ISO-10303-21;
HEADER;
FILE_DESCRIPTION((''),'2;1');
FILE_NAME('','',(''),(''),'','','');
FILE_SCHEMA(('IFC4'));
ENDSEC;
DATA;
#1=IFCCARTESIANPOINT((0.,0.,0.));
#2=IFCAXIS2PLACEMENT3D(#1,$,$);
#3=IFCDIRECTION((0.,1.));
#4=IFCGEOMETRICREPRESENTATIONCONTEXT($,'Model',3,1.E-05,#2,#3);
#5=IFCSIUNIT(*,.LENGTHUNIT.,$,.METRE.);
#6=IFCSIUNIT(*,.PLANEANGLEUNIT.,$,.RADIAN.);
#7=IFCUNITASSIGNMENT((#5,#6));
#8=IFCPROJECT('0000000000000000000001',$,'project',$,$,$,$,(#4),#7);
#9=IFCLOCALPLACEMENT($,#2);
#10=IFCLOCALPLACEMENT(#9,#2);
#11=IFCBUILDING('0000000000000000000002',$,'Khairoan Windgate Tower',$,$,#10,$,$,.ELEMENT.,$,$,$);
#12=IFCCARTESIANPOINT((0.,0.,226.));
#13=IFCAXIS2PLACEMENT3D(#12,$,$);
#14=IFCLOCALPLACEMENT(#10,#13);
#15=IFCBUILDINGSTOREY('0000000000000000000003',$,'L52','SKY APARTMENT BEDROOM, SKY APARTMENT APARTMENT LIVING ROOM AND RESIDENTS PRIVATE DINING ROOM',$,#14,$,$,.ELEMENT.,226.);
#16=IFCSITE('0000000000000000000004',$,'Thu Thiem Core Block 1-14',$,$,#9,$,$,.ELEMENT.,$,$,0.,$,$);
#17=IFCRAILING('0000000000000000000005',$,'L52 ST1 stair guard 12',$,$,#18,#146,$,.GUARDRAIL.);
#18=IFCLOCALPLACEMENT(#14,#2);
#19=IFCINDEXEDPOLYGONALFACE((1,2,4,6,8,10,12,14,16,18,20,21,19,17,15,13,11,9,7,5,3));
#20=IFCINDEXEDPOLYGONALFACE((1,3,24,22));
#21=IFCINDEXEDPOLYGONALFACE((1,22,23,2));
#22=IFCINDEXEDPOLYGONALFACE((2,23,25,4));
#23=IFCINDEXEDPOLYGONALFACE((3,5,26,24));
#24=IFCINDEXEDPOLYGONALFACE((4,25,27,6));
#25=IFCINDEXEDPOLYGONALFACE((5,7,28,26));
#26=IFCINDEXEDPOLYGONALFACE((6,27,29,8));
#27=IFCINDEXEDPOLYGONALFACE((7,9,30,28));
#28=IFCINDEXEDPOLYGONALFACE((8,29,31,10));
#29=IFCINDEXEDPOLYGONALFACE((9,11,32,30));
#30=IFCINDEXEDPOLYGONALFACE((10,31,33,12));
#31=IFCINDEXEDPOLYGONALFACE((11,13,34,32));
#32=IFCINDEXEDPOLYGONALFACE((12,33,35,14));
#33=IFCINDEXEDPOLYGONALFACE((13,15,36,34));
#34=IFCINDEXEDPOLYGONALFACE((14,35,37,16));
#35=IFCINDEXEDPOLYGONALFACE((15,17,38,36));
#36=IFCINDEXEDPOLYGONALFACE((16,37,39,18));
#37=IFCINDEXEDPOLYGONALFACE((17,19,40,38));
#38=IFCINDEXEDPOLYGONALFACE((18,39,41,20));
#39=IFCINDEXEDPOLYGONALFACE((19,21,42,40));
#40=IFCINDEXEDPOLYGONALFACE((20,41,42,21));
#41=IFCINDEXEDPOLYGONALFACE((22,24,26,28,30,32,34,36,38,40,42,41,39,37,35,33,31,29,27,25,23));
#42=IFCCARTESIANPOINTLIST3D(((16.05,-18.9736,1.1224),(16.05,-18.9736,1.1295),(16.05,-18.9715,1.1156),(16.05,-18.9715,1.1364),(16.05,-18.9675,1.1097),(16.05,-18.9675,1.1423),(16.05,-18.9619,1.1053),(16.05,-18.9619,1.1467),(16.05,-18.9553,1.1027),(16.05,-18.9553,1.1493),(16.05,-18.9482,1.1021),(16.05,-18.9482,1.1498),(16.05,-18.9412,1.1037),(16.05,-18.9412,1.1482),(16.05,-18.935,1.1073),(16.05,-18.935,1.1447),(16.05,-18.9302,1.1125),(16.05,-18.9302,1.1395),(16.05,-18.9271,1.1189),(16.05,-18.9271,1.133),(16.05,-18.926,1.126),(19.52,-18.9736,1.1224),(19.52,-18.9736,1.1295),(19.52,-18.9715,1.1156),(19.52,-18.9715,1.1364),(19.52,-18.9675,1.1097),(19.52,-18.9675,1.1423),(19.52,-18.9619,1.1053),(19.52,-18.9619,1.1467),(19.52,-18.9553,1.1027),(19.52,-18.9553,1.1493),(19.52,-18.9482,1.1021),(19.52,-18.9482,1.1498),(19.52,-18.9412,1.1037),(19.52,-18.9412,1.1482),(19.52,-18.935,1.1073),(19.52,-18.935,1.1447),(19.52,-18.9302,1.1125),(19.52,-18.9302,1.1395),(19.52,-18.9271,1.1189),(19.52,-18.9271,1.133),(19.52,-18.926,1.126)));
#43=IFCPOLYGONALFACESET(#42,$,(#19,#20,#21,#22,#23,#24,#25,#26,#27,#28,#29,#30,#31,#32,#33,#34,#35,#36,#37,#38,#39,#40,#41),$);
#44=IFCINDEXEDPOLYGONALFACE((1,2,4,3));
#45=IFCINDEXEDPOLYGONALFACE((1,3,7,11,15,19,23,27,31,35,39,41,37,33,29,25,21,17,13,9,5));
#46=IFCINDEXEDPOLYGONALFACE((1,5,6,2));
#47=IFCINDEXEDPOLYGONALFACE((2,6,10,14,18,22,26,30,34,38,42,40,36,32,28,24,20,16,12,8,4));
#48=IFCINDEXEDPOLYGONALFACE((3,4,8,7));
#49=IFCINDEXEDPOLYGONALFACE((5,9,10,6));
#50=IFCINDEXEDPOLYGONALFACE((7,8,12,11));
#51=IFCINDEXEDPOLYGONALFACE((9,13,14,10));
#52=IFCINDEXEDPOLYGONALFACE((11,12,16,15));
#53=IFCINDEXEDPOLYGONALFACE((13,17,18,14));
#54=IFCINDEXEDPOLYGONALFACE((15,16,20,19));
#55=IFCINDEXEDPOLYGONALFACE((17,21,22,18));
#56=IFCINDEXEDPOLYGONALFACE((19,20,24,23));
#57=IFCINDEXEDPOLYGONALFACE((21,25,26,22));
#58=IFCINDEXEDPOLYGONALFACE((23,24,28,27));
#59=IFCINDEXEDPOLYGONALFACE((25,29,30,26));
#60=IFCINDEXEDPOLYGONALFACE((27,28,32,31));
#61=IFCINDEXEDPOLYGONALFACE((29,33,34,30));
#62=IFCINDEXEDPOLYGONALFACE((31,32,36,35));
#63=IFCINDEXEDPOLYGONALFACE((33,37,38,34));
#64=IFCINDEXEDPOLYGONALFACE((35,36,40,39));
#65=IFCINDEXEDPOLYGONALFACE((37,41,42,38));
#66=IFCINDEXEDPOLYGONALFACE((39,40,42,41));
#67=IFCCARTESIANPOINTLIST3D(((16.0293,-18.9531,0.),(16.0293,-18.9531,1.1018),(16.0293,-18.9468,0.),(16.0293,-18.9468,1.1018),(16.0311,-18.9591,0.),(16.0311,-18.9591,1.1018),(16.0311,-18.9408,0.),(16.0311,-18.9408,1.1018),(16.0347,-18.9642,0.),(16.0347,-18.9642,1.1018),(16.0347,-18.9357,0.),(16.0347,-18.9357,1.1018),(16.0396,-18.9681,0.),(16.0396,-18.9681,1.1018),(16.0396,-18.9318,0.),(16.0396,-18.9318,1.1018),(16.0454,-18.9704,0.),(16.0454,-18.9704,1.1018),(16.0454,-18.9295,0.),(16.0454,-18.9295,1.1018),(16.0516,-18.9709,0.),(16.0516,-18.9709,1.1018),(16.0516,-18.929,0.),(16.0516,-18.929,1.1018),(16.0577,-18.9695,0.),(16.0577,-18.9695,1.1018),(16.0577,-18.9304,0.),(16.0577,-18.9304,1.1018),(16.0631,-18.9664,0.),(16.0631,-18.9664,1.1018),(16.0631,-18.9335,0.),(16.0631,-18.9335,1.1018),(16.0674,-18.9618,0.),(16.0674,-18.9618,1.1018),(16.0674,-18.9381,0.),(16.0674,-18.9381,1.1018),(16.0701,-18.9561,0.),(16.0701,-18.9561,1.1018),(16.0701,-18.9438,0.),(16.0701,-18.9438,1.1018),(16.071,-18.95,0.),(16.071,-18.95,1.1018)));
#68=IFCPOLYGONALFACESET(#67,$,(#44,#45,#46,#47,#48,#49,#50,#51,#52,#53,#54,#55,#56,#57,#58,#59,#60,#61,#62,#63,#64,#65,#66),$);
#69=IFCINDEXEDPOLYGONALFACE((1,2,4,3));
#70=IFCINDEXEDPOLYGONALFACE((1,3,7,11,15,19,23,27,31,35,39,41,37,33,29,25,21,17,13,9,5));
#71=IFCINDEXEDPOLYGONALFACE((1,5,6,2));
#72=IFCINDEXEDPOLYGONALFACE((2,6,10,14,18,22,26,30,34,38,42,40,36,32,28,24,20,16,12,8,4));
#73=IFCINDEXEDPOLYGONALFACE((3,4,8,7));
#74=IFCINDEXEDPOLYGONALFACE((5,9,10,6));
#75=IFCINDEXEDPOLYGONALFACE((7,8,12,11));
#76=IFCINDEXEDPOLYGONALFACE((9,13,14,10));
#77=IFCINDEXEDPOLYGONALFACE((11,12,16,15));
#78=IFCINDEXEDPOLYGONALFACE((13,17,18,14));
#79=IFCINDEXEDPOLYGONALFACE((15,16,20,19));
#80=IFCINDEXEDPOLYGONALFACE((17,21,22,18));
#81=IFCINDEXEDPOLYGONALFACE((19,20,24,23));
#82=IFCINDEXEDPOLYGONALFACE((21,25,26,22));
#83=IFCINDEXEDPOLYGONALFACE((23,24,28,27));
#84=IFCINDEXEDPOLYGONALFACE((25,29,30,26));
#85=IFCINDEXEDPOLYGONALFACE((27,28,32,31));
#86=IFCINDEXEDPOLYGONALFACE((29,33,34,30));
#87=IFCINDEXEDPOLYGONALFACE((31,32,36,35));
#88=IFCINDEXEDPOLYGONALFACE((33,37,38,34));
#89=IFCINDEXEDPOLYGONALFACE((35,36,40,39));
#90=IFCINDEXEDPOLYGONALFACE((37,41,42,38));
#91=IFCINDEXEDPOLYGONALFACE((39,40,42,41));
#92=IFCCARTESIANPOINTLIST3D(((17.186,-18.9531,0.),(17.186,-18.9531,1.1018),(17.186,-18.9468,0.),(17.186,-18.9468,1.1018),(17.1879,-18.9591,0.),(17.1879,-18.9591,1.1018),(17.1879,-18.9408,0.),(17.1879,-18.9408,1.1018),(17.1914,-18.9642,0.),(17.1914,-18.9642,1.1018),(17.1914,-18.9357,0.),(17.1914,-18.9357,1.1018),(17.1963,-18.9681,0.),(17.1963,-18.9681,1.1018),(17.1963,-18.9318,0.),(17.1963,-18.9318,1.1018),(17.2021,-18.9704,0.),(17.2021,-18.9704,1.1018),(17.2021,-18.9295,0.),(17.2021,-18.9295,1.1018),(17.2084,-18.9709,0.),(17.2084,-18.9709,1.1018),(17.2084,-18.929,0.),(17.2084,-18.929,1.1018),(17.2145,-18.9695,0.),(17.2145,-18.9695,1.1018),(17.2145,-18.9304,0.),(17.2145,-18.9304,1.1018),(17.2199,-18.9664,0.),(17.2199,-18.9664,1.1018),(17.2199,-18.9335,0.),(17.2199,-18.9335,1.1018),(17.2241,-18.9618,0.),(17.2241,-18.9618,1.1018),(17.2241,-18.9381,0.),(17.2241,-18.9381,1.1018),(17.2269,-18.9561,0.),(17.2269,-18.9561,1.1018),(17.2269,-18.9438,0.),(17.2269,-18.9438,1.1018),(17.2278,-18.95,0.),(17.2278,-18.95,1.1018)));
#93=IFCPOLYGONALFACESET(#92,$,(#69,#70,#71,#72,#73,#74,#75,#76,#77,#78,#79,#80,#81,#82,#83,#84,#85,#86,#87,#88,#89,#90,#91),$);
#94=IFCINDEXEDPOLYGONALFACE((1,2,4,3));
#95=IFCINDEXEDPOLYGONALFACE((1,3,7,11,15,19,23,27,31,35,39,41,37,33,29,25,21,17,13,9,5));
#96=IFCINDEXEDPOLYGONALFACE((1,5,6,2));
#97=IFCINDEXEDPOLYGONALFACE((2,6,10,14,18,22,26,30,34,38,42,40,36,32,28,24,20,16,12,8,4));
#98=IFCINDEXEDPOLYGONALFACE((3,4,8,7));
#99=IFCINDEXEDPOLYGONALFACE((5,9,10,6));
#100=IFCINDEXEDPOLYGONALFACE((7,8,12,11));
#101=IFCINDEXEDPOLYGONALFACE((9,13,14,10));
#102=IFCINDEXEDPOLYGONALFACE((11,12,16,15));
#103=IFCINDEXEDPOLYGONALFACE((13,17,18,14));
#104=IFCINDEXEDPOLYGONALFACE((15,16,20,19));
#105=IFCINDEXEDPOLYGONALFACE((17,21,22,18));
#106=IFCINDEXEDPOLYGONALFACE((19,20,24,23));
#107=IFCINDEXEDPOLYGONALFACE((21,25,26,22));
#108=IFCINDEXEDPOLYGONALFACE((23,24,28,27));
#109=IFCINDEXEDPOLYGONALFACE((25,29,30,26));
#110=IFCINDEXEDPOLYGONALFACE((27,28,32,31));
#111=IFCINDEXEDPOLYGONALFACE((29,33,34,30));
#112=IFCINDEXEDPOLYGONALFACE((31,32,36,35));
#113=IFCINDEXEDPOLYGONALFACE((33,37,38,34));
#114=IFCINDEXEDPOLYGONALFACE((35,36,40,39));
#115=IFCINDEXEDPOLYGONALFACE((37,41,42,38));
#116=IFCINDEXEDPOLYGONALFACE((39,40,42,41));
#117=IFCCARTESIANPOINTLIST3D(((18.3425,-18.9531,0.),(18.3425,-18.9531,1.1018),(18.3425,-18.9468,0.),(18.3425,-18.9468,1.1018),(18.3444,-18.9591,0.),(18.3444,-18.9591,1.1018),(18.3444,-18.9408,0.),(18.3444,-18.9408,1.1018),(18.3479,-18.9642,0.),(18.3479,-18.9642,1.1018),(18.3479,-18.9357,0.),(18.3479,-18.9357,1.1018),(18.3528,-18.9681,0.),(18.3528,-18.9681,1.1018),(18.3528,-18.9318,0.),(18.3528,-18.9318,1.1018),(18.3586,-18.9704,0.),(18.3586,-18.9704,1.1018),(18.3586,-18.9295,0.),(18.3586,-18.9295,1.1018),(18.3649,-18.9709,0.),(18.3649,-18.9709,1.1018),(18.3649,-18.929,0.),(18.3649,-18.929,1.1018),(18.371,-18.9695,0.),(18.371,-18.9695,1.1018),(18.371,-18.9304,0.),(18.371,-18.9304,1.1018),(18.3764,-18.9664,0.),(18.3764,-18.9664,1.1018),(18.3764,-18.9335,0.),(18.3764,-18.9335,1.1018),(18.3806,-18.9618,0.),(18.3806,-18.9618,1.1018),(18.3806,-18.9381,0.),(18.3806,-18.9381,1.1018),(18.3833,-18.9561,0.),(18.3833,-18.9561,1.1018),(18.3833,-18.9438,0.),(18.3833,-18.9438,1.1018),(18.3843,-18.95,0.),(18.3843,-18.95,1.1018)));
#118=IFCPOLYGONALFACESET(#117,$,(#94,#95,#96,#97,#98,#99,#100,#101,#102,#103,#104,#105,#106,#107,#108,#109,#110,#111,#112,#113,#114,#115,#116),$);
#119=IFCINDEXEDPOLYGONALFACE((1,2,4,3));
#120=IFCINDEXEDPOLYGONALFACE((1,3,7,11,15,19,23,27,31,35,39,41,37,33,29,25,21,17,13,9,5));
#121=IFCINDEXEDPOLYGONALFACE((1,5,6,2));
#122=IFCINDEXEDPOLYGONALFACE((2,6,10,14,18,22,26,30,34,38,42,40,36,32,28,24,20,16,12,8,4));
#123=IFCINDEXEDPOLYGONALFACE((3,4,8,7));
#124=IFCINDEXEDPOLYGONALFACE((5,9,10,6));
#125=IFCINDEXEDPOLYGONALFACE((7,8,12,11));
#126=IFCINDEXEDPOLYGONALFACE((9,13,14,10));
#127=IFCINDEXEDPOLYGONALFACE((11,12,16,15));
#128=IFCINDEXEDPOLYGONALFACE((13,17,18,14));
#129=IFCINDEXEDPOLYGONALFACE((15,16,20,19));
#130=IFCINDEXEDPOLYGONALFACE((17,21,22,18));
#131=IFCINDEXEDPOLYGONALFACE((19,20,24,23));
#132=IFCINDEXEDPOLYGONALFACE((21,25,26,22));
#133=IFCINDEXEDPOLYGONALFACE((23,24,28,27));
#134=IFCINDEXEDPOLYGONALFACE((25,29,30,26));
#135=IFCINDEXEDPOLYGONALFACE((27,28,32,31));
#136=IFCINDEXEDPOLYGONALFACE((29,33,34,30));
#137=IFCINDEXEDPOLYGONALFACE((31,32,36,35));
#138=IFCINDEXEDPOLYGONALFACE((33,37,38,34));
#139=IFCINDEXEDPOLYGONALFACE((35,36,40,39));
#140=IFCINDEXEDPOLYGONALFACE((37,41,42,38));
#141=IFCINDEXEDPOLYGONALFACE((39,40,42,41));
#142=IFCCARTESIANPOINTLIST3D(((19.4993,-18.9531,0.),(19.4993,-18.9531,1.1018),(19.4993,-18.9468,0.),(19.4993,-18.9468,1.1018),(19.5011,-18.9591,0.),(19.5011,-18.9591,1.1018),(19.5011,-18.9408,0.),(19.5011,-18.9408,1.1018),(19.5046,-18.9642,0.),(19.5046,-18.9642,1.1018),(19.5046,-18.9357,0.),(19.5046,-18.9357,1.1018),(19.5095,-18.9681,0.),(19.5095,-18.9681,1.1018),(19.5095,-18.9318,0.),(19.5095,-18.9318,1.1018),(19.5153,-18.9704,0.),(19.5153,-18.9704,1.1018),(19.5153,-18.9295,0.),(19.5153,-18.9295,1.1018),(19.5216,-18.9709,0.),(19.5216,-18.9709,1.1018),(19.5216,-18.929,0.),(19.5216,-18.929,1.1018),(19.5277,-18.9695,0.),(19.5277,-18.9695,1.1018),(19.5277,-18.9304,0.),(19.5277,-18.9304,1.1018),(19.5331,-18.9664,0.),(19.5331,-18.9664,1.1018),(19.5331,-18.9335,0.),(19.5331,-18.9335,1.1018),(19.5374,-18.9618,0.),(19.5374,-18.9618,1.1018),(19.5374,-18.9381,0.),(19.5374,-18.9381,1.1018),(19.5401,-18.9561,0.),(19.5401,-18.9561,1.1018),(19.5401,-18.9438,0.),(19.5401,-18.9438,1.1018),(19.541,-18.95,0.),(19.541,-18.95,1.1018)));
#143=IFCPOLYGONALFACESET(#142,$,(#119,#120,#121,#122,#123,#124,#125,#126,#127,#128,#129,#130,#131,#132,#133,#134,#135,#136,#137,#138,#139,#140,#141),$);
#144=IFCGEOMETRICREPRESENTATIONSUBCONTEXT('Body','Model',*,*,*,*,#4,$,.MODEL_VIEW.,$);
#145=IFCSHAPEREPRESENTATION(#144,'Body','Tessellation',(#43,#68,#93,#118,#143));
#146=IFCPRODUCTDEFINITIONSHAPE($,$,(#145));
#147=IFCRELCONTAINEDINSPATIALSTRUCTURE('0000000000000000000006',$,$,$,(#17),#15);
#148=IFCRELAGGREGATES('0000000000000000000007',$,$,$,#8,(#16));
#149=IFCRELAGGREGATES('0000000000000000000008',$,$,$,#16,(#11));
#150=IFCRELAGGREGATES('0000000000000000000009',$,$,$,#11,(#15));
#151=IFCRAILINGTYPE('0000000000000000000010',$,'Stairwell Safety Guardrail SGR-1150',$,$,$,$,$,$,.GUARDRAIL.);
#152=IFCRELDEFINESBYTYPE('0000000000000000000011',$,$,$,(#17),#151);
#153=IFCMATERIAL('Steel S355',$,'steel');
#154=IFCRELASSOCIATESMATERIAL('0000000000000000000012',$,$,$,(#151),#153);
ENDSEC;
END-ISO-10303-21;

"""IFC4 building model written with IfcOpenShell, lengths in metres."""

from ifc_helpers import new_model, si_unit, direction, frame, origin, origin_2d, place, context, subcontext, project, spatial, circle, extrude, material, type_object, element, save


model = new_model("IFC4")

# Units and contexts
model_context = context("Model", 3, precision=1e-05, world=origin(), true_north=direction((0.0, 1.0)))
body_context = subcontext(model_context, "Body", "Model", "MODEL_VIEW")
ifc_project = project(units=[si_unit("LENGTHUNIT", "METRE"), si_unit("PLANEANGLEUNIT", "RADIAN")], contexts=[model_context])

# Site, building, storey
site_placement = place(None, origin())
site = spatial("IfcSite", under=ifc_project, at=site_placement, Name="Thu Thiem Core Block 1-14", CompositionType="ELEMENT", RefElevation=0.0)
building_placement = place(site_placement, origin())
building = spatial("IfcBuilding", under=site, at=building_placement, Name="Khairoan Windgate Tower", CompositionType="ELEMENT")
storey_placement = place(building_placement, frame((0.0, 0.0, 226.0)))
storey = spatial("IfcBuildingStorey", under=building, at=storey_placement, Name="L52", Description="SKY APARTMENT BEDROOM, SKY APARTMENT APARTMENT LIVING ROOM AND RESIDENTS PRIVATE DINING ROOM", CompositionType="ELEMENT", Elevation=226.0)

# Railing
ifc_material_1 = material(Name="Steel S355", Category="steel")
railing_type = type_object("IfcRailingType", Name="Stairwell Safety Guardrail SGR-1150", PredefinedType="GUARDRAIL", material=ifc_material_1)
railing_1_placement = place(storey_placement, frame((16.05, -18.95, 0.0)))
element("IfcRailing", 1, at=railing_1_placement, inside=storey, type_object=railing_type, Name="L52 ST1 stair guard 12", PredefinedType="GUARDRAIL", context=body_context, shape_type="SweptSolid", body=[
    extrude(circle(Radius=0.0239, at=origin_2d()), frame((0.0, 0.0, 1.126), z_axis=(1.0, 0.0, 0.0), x_axis=(0.0, 1.0, 0.0)), (0.0, 0.0, 1.0), 3.47),
    extrude(circle(Radius=0.021, at=origin_2d()), origin(), (0.0, 0.0, 1.0), 1.1018),
    extrude(circle(Radius=0.021, at=origin_2d()), frame((1.1567, 0.0, 0.0)), (0.0, 0.0, 1.0), 1.1018),
    extrude(circle(Radius=0.021, at=origin_2d()), frame((2.3132, 0.0, 0.0)), (0.0, 0.0, 1.0), 1.1018),
    extrude(circle(Radius=0.021, at=origin_2d()), frame((3.47, 0.0, 0.0)), (0.0, 0.0, 1.0), 1.1018),
])

save(model, "model.ifc")
